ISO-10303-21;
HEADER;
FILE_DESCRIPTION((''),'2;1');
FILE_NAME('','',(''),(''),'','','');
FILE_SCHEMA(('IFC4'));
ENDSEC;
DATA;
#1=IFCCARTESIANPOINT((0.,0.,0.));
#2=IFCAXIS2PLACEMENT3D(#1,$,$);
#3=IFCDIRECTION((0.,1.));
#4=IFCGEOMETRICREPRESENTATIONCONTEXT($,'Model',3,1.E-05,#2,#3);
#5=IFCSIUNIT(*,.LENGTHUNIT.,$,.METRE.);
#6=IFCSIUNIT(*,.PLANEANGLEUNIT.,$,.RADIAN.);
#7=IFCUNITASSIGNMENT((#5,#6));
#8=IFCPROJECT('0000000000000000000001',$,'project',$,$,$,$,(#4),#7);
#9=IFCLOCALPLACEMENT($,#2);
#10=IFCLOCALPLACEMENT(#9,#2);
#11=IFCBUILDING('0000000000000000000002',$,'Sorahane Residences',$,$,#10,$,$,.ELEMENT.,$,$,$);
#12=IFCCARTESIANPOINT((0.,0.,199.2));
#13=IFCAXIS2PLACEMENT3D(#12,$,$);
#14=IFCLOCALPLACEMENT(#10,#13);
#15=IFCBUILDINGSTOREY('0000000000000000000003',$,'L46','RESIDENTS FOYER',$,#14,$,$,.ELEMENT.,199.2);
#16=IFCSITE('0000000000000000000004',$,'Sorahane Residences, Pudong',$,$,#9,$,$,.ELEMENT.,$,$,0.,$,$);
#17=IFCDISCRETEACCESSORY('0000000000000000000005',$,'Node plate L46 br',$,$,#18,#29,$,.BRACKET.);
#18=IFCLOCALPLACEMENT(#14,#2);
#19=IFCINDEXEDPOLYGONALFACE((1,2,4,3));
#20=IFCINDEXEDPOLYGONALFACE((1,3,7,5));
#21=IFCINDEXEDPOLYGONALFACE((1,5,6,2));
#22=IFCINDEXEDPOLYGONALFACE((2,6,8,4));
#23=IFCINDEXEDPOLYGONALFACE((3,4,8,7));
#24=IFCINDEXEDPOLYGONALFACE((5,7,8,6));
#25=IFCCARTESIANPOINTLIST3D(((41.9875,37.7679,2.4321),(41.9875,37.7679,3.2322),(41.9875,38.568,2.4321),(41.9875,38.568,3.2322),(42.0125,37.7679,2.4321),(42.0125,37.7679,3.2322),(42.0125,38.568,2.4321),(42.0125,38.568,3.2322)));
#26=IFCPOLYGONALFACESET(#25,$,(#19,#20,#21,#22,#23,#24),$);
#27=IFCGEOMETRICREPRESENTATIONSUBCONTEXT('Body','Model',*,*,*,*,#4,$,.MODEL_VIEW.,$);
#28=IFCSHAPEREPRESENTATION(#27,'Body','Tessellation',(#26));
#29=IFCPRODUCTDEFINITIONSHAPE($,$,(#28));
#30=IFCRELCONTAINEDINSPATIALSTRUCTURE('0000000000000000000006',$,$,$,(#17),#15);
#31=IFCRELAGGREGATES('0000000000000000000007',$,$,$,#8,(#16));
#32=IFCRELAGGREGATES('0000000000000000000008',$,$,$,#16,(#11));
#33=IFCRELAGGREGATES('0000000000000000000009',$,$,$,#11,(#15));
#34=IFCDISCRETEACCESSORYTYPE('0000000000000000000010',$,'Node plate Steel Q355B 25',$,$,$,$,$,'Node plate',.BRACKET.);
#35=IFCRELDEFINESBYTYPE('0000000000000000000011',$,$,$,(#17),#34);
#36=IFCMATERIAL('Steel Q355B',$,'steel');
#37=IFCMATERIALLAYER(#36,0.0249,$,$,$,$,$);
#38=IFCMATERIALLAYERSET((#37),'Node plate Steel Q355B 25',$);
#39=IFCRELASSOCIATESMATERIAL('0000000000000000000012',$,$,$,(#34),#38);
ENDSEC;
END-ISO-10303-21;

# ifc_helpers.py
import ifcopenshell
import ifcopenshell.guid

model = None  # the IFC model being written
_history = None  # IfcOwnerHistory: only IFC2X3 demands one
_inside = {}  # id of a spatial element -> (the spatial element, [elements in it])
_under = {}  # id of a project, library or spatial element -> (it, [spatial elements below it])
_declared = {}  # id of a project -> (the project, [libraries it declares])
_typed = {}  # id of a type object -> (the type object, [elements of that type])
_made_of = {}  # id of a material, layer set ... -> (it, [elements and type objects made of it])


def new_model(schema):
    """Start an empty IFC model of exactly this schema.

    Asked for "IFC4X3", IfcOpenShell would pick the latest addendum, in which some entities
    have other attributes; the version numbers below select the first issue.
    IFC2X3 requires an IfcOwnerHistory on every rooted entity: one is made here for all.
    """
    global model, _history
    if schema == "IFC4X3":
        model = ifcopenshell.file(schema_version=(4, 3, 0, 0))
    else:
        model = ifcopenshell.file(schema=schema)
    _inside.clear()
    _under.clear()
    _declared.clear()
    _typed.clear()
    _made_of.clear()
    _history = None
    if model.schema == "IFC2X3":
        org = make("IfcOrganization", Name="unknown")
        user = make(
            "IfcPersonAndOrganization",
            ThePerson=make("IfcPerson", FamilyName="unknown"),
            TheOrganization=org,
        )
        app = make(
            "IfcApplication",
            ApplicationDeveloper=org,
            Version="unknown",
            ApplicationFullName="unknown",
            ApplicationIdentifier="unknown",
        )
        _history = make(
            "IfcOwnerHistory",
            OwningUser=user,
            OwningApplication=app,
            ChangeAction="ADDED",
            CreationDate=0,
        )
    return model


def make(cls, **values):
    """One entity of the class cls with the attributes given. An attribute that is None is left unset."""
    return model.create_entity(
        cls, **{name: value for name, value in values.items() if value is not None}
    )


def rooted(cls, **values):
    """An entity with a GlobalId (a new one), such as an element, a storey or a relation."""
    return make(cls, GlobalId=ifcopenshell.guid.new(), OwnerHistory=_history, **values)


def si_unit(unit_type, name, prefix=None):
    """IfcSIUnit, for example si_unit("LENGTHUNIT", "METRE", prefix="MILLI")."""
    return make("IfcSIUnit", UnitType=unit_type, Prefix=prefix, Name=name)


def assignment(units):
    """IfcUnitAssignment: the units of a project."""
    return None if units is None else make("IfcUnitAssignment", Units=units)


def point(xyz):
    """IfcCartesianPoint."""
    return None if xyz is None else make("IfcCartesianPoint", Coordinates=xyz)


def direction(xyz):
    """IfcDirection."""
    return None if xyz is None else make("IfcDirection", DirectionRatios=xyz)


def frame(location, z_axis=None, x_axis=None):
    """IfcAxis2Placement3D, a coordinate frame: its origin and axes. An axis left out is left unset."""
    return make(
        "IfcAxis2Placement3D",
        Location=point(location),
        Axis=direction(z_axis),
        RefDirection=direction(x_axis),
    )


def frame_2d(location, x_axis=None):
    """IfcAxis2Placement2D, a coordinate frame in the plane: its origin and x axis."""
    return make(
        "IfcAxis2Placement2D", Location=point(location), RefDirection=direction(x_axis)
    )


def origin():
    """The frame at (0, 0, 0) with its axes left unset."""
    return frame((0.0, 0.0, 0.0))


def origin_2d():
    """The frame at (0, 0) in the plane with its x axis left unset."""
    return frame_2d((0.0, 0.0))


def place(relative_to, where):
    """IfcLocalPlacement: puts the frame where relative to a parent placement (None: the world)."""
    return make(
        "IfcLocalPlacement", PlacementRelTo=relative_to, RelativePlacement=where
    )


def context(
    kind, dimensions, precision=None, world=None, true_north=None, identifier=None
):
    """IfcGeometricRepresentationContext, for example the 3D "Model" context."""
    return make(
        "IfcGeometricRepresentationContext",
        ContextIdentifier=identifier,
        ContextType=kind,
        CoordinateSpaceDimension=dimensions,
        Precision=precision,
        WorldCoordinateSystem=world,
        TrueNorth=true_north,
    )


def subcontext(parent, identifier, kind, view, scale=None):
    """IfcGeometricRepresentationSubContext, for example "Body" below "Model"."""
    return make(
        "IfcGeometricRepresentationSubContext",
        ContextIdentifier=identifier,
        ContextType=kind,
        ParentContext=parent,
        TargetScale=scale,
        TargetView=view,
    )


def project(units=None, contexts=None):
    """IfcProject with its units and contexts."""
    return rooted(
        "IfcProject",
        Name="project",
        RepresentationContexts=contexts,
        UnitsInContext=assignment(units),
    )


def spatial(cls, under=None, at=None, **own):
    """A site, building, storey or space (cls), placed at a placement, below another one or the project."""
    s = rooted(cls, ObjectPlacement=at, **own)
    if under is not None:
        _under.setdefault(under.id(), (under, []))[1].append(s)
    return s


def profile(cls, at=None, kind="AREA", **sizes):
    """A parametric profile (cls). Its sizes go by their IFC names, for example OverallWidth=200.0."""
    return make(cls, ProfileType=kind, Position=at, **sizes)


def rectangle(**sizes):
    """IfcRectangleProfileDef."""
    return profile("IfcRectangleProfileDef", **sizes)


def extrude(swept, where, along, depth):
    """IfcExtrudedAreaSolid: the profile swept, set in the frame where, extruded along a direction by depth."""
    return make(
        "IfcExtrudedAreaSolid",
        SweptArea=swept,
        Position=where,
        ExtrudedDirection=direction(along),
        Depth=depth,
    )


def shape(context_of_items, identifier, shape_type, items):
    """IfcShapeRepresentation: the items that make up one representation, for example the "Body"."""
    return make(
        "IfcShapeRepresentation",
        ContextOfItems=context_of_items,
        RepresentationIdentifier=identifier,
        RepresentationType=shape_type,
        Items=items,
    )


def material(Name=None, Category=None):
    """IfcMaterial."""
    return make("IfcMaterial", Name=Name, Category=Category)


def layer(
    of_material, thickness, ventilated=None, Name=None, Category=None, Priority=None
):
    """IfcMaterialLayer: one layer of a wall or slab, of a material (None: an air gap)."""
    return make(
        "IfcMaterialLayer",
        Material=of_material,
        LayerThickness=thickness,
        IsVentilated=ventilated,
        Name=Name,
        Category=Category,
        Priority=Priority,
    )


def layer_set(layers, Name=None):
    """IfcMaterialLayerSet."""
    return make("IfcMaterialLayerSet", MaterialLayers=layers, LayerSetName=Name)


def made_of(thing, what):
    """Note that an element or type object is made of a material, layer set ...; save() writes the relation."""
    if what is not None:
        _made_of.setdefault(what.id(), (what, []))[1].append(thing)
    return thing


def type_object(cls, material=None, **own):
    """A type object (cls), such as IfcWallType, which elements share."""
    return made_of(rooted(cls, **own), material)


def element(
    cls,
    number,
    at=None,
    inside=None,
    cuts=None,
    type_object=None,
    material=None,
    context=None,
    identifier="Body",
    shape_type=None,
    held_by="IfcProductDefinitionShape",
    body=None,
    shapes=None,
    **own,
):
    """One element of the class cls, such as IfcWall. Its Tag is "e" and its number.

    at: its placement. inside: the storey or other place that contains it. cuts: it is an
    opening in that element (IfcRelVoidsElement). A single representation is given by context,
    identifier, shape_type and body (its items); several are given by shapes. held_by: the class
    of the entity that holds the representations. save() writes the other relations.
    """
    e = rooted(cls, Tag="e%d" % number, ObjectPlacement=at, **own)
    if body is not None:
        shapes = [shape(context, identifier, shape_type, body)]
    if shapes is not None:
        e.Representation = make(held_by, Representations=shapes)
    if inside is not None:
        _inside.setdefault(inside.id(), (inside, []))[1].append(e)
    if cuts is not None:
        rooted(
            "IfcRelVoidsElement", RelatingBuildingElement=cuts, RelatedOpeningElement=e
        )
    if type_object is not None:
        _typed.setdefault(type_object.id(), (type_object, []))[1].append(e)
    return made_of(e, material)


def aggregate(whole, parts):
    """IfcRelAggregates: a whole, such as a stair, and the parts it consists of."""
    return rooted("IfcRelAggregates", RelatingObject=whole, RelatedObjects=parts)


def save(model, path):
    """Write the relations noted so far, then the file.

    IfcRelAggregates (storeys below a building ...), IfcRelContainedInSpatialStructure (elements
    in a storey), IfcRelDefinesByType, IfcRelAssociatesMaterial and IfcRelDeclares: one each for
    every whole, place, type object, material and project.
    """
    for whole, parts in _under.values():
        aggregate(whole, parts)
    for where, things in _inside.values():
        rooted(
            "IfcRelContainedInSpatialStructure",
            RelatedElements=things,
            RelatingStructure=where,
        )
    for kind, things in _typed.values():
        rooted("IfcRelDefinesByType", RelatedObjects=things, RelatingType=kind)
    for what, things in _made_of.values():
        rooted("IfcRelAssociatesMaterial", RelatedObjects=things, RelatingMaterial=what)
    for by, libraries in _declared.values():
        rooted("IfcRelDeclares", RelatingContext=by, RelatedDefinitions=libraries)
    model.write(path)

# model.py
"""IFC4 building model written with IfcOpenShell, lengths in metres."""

from ifc_helpers import new_model, si_unit, direction, frame, origin, origin_2d, place, context, subcontext, project, spatial, rectangle, extrude, material, layer, layer_set, type_object, element, save


model = new_model("IFC4")

# Units and contexts
model_context = context("Model", 3, precision=1e-05, world=origin(), true_north=direction((0.0, 1.0)))
body_context = subcontext(model_context, "Body", "Model", "MODEL_VIEW")
ifc_project = project(units=[si_unit("LENGTHUNIT", "METRE"), si_unit("PLANEANGLEUNIT", "RADIAN")], contexts=[model_context])

# Site, building, storey
site_placement = place(None, origin())
site = spatial("IfcSite", under=ifc_project, at=site_placement, Name="Sorahane Residences, Pudong", CompositionType="ELEMENT", RefElevation=0.0)
building_placement = place(site_placement, origin())
building = spatial("IfcBuilding", under=site, at=building_placement, Name="Sorahane Residences", CompositionType="ELEMENT")
storey_placement = place(building_placement, frame((0.0, 0.0, 199.2)))
storey = spatial("IfcBuildingStorey", under=building, at=storey_placement, Name="L46", Description="RESIDENTS FOYER", CompositionType="ELEMENT", Elevation=199.2)

# Discrete accessory
ifc_material_1 = material(Name="Steel Q355B", Category="steel")
ifc_layer_1 = layer(ifc_material_1, 0.0249)
ifc_layer_set_1 = layer_set([ifc_layer_1], Name="Node plate Steel Q355B 25")
discrete_accessory_type = type_object("IfcDiscreteAccessoryType", Name="Node plate Steel Q355B 25", ElementType="Node plate", PredefinedType="BRACKET", material=ifc_layer_set_1)
discrete_accessory_placement = place(storey_placement, frame((42.0, 38.168, 2.4321), z_axis=(0.0, 0.0, 1.0), x_axis=(0.0, 1.0, 0.0)))
element("IfcDiscreteAccessory", 1, at=discrete_accessory_placement, inside=storey, type_object=discrete_accessory_type, Name="Node plate L46 br", PredefinedType="BRACKET", context=body_context, shape_type="SweptSolid", body=[
    extrude(rectangle(XDim=0.8, YDim=0.0249, at=origin_2d()), origin(), (0.0, 0.0, 1.0), 0.8),
])

save(model, "model.ifc")
